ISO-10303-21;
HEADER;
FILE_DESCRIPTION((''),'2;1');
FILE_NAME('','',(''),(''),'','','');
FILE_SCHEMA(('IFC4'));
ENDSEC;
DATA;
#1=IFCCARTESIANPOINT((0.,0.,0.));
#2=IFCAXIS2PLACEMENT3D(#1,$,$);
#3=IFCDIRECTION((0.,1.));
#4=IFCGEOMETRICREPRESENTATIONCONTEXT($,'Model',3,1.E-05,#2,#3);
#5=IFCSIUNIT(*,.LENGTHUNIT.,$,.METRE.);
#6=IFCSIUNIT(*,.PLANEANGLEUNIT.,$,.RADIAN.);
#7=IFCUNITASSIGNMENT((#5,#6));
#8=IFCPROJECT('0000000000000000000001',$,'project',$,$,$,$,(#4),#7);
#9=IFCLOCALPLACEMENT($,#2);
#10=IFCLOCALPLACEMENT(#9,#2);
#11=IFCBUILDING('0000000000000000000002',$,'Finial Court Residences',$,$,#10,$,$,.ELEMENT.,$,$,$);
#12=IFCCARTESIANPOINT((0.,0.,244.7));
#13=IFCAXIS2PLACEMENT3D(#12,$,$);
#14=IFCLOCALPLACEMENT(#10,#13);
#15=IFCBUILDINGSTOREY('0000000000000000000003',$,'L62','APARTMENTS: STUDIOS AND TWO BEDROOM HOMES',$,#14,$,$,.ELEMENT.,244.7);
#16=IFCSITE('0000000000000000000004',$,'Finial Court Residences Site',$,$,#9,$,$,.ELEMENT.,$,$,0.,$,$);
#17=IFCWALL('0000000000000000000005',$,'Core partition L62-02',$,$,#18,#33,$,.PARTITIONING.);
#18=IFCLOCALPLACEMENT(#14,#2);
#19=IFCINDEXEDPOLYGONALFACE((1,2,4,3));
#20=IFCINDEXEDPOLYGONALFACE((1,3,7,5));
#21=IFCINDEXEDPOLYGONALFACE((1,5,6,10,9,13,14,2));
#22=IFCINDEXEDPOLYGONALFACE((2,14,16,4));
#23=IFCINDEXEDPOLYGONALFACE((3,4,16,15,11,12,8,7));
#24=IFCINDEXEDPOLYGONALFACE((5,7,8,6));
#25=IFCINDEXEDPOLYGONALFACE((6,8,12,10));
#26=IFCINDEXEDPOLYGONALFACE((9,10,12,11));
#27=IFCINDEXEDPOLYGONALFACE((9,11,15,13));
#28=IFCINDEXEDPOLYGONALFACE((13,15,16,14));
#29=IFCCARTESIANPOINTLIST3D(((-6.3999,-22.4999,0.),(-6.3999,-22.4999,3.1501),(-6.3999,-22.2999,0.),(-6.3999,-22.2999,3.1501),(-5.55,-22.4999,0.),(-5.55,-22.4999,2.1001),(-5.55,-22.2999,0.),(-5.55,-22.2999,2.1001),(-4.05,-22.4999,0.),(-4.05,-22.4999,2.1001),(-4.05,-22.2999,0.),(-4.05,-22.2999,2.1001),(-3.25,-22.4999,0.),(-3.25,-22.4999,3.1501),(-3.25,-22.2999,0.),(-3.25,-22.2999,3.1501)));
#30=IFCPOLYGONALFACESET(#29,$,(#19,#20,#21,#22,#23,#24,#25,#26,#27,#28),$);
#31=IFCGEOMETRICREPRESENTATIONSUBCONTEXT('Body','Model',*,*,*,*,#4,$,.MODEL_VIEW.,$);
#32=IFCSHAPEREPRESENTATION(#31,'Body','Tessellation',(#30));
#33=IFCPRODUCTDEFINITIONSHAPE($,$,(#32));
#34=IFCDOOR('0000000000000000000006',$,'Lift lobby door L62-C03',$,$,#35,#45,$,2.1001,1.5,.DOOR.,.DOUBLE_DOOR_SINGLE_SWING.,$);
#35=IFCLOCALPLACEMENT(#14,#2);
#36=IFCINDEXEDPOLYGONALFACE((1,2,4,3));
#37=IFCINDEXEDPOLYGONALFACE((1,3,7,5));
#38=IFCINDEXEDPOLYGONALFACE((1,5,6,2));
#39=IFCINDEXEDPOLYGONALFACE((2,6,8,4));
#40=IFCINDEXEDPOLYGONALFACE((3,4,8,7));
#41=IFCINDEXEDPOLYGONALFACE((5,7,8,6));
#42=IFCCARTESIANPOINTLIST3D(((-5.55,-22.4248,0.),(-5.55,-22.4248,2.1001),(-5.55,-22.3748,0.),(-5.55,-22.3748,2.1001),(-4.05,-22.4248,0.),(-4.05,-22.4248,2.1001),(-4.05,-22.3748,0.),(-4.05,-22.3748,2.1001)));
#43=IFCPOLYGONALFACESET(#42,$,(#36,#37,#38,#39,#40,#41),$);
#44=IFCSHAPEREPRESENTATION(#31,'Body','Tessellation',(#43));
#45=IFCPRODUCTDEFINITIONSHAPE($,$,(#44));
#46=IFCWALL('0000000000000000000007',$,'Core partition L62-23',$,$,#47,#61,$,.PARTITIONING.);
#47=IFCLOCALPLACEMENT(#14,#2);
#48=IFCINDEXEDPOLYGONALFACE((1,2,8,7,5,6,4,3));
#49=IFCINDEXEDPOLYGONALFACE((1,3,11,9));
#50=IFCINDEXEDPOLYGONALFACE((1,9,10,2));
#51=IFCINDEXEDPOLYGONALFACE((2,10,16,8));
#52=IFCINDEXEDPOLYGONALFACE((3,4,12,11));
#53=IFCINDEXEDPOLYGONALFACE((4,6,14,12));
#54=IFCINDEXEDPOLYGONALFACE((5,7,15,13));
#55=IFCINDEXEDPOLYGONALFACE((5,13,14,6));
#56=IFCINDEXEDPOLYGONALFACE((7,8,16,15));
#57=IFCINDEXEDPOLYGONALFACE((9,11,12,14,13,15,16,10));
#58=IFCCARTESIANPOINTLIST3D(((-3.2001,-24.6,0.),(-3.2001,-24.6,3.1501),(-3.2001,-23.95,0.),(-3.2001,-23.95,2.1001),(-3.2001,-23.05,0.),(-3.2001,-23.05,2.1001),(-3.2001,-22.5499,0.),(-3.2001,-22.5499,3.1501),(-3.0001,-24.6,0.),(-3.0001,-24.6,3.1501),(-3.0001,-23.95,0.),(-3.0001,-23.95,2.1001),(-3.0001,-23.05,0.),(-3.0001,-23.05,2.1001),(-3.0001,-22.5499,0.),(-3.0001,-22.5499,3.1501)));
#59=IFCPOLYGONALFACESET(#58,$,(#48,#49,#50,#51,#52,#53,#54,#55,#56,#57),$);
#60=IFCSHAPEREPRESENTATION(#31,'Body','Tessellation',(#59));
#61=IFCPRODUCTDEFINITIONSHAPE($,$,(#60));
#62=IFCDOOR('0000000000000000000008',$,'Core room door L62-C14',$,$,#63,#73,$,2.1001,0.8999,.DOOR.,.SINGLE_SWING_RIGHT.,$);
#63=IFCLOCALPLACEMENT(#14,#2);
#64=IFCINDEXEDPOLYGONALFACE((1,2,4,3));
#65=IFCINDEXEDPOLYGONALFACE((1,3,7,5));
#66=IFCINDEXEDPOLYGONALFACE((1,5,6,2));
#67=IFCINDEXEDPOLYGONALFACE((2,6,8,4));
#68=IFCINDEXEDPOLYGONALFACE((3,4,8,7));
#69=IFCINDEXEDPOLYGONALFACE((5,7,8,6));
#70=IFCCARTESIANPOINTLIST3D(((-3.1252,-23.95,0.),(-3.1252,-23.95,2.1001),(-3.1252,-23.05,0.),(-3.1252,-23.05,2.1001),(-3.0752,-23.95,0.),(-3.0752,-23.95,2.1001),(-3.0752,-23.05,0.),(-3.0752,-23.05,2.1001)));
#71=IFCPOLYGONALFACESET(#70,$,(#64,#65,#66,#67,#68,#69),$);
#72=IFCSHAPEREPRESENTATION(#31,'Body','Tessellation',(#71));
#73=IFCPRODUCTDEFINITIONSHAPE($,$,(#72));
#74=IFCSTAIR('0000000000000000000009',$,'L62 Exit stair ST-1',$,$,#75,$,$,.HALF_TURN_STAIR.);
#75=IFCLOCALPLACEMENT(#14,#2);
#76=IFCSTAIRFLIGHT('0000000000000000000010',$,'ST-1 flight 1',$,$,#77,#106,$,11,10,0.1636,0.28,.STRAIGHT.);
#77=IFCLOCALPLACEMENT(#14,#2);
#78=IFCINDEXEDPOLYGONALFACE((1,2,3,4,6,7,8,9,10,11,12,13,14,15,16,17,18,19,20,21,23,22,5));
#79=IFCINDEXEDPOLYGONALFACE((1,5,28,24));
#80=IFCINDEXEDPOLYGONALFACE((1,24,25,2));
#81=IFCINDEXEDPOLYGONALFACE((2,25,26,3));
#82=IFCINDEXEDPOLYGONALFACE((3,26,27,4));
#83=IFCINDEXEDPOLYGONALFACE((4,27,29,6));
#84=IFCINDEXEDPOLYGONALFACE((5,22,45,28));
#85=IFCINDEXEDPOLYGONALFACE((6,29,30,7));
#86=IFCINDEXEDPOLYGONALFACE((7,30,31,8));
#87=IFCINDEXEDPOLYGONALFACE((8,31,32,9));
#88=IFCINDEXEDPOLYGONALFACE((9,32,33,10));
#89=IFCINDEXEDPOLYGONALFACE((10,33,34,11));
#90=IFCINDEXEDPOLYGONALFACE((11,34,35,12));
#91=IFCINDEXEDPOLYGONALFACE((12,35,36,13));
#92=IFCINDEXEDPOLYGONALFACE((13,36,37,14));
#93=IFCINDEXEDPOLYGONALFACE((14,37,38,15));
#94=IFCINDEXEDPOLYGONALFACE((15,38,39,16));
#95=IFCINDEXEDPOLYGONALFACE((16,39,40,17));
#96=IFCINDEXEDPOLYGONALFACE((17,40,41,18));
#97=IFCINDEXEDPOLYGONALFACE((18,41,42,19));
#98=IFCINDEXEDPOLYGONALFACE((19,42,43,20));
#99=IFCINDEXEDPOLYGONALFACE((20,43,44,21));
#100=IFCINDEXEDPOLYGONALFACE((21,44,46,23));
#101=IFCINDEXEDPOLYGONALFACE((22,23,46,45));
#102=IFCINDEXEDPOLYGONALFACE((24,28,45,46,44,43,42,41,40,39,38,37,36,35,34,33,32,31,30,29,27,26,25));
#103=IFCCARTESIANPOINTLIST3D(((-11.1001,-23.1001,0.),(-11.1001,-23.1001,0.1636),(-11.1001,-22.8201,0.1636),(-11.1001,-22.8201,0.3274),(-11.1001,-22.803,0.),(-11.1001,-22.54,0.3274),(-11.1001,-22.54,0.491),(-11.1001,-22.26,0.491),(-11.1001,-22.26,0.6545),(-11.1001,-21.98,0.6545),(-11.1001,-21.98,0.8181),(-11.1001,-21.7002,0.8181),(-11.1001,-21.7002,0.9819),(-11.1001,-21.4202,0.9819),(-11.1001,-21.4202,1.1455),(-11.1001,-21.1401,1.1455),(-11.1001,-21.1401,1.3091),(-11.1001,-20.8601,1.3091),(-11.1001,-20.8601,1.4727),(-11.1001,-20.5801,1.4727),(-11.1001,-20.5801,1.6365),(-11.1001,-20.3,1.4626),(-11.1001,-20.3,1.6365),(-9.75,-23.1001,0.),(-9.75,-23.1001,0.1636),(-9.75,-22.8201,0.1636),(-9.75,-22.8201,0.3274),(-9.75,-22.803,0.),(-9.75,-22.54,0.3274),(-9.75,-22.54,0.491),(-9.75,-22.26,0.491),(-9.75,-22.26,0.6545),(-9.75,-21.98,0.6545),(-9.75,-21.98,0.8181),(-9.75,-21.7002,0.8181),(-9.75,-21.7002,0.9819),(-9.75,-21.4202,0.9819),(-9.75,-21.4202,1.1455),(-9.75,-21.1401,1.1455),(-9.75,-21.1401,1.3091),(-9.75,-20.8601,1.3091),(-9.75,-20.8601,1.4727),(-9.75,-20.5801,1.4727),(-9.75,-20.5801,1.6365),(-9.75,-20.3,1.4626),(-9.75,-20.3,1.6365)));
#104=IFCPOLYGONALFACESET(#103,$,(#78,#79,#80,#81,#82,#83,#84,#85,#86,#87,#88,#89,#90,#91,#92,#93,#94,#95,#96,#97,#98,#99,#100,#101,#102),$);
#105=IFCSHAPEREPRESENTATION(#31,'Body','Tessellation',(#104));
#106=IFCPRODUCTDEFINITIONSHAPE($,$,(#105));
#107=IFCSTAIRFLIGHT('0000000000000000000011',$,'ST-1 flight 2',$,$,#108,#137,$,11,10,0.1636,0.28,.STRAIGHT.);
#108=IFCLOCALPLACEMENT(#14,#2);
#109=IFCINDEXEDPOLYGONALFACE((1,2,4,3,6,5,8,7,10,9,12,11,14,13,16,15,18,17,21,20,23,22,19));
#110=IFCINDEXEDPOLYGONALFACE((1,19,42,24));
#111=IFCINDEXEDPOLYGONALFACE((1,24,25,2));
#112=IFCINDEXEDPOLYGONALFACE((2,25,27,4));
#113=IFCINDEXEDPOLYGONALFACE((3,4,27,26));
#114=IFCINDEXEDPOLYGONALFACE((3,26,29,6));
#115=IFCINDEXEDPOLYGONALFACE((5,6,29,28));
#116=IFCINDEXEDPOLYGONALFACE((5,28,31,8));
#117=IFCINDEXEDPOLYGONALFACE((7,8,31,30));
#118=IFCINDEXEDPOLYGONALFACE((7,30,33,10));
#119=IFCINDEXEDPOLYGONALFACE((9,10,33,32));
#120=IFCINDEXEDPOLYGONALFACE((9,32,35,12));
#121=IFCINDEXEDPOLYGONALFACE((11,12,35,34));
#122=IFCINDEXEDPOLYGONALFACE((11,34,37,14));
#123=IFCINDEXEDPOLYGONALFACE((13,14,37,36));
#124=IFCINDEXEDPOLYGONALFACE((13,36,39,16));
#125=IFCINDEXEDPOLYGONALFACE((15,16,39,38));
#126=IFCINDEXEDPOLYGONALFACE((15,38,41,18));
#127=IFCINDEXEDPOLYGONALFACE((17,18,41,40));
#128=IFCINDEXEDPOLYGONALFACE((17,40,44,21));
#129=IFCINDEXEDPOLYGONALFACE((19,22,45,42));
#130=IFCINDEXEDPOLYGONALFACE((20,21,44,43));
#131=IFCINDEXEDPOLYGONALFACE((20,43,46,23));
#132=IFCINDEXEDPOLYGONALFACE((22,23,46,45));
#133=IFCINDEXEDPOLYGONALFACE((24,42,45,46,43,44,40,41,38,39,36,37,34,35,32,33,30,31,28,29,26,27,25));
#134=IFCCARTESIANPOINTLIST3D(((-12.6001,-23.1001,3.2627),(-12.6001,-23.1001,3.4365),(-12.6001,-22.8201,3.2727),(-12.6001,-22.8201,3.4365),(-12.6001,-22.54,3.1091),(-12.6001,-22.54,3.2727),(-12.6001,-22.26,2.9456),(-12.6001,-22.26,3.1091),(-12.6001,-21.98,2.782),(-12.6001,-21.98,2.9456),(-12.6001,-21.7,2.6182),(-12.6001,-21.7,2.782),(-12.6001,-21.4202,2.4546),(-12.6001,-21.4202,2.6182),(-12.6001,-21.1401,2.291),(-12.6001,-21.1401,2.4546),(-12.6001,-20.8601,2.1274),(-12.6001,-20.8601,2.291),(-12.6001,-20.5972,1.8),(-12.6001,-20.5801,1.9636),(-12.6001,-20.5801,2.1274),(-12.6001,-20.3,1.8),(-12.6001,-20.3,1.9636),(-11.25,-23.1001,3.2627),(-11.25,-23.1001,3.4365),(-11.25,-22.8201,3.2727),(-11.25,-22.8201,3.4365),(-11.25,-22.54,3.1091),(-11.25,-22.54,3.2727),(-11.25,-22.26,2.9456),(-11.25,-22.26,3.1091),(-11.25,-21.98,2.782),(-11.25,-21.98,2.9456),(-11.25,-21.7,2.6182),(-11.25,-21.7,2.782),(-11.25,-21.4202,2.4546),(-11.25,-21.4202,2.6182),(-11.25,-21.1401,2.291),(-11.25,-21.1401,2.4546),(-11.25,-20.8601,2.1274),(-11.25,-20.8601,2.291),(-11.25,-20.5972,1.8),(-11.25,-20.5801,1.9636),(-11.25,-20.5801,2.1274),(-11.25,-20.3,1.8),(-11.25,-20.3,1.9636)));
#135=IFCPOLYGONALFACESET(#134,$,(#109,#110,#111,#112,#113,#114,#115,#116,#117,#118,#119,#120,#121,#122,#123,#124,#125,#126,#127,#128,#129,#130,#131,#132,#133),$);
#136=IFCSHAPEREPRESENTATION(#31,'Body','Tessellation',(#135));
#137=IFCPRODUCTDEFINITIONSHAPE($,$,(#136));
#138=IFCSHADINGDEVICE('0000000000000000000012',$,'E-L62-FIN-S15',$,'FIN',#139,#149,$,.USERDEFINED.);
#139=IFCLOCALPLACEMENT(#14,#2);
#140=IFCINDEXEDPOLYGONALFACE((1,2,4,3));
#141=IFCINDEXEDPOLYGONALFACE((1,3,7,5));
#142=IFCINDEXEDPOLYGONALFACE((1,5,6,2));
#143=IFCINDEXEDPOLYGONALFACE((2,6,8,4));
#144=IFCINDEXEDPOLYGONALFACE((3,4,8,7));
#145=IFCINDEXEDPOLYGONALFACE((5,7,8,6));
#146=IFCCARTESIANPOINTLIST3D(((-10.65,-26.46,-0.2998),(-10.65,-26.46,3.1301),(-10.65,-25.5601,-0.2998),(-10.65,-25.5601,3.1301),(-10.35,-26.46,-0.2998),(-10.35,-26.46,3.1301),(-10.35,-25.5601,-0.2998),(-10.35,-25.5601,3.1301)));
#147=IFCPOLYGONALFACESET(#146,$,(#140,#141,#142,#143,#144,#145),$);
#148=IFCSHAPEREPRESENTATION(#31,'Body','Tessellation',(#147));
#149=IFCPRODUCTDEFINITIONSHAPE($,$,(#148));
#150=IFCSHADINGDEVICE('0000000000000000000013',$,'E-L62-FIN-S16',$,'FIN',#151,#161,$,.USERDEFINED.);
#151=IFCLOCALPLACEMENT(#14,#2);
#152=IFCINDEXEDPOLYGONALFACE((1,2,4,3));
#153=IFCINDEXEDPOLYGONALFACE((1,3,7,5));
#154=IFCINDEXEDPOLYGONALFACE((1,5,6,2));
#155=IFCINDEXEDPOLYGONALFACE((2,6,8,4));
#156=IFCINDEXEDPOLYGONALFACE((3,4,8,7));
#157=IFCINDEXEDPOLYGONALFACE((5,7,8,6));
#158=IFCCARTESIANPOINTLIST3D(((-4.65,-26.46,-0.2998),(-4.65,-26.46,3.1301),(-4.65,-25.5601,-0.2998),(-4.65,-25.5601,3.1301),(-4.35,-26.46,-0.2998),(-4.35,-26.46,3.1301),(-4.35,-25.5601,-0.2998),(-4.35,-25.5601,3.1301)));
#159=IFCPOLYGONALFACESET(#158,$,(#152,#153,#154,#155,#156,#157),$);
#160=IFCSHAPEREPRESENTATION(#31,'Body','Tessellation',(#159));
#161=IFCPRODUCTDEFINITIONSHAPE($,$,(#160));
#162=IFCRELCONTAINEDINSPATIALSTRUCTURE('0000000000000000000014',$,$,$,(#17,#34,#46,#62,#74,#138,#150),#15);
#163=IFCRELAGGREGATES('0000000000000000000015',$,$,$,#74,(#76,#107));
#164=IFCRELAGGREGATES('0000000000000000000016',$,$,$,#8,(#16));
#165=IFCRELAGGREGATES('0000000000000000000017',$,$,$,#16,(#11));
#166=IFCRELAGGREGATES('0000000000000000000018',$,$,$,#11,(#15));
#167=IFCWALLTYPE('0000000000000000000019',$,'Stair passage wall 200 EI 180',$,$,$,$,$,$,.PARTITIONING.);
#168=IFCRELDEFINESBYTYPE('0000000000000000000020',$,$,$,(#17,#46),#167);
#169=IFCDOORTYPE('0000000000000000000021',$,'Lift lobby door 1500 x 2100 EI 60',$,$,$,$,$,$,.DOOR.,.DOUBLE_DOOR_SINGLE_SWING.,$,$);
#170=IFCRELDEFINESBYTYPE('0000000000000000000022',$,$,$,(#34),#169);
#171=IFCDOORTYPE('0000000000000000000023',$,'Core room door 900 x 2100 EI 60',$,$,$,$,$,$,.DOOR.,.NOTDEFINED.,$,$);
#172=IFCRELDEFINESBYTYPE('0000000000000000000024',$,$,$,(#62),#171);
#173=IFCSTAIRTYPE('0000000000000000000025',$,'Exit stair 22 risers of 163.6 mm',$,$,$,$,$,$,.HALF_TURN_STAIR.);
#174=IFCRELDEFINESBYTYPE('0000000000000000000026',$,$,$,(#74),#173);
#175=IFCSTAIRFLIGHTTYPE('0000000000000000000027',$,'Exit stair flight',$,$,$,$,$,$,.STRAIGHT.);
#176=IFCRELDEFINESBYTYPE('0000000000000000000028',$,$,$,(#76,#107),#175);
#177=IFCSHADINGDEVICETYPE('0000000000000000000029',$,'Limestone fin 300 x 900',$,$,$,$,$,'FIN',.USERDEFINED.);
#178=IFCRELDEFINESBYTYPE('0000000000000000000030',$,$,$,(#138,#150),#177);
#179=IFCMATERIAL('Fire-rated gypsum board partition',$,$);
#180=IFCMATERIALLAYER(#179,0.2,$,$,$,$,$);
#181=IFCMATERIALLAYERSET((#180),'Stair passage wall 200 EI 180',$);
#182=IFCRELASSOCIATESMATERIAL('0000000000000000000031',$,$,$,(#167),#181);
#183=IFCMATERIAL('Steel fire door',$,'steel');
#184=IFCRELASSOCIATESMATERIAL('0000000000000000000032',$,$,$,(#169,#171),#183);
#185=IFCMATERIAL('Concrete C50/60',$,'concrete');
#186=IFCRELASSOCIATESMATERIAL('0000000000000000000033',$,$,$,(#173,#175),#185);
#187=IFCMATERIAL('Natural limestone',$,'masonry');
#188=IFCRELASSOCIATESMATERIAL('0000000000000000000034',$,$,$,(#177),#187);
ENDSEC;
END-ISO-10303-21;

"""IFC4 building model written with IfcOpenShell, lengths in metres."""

from ifc_helpers import new_model, si_unit, direction, frame, frame_2d, origin, origin_2d, place, context, subcontext, project, spatial, polyline, rectangle, outline, extrude, material, layer, layer_set, type_object, element, fill, aggregate, save


model = new_model("IFC4")

# Units and contexts
model_context = context("Model", 3, precision=1e-05, world=origin(), true_north=direction((0.0, 1.0)))
body_context = subcontext(model_context, "Body", "Model", "MODEL_VIEW")
ifc_project = project(units=[si_unit("LENGTHUNIT", "METRE"), si_unit("PLANEANGLEUNIT", "RADIAN")], contexts=[model_context])

# Site, building, storey
site_placement = place(None, origin())
site = spatial("IfcSite", under=ifc_project, at=site_placement, Name="Finial Court Residences Site", CompositionType="ELEMENT", RefElevation=0.0)
building_placement = place(site_placement, origin())
building = spatial("IfcBuilding", under=site, at=building_placement, Name="Finial Court Residences", CompositionType="ELEMENT")
storey_placement = place(building_placement, frame((0.0, 0.0, 244.7)))
storey = spatial("IfcBuildingStorey", under=building, at=storey_placement, Name="L62", Description="APARTMENTS: STUDIOS AND TWO BEDROOM HOMES", CompositionType="ELEMENT", Elevation=244.7)

# Shared definitions
ifc_material_1 = material(Name="Steel fire door", Category="steel")

# Shared definitions
ifc_material_2 = material(Name="Fire-rated gypsum board partition")

# Walls, openings, doors
ifc_layer_1 = layer(ifc_material_2, 0.2)
ifc_layer_set_1 = layer_set([ifc_layer_1], Name="Stair passage wall 200 EI 180")
wall_type_1 = type_object("IfcWallType", Name="Stair passage wall 200 EI 180", PredefinedType="PARTITIONING", material=ifc_layer_set_1)
wall_1_placement = place(storey_placement, frame((-3.25, -22.3999, 0.0), z_axis=(0.0, 0.0, 1.0), x_axis=(-1.0, 0.0, 0.0)))
wall_1 = element("IfcWall", 1, at=wall_1_placement, inside=storey, type_object=wall_type_1, Name="Core partition L62-02", PredefinedType="PARTITIONING", context=body_context, shape_type="SweptSolid", body=[
    extrude(rectangle(XDim=3.1499, YDim=0.2, at=frame_2d((1.575, 0.0))), origin(), (0.0, 0.0, 1.0), 3.1501),
])
opening_1_placement = place(wall_1_placement, frame((0.8, 0.0, 0.0)))
opening_1 = element("IfcOpeningElement", 2, at=opening_1_placement, cuts=wall_1, PredefinedType="OPENING", context=body_context, shape_type="SweptSolid", body=[
    extrude(rectangle(XDim=1.5, YDim=2.1001, at=frame_2d((0.75, 1.05))), frame((0.0, 0.1099, 0.0), z_axis=(0.0, -1.0, 0.0), x_axis=(1.0, 0.0, 0.0)), (0.0, 0.0, 1.0), 0.22),
])
door_type_1 = type_object("IfcDoorType", Name="Lift lobby door 1500 x 2100 EI 60", OperationType="DOUBLE_DOOR_SINGLE_SWING", PredefinedType="DOOR", material=ifc_material_1)
door_1_placement = place(opening_1_placement, origin())
door_1 = element("IfcDoor", 3, at=door_1_placement, inside=storey, type_object=door_type_1, Name="Lift lobby door L62-C03", OperationType="DOUBLE_DOOR_SINGLE_SWING", OverallHeight=2.1001, OverallWidth=1.5, PredefinedType="DOOR", context=body_context, shape_type="SweptSolid", body=[
    extrude(rectangle(XDim=1.5, YDim=2.1001, at=frame_2d((0.75, 1.05))), frame((0.0, 0.0249, 0.0), z_axis=(0.0, -1.0, 0.0), x_axis=(1.0, 0.0, 0.0)), (0.0, 0.0, 1.0), 0.05),
])
fill(opening_1, door_1)
wall_2_placement = place(storey_placement, frame((-3.1001, -22.55, 0.0), z_axis=(0.0, 0.0, 1.0), x_axis=(0.0, -1.0, 0.0)))
wall_2 = element("IfcWall", 4, at=wall_2_placement, inside=storey, type_object=wall_type_1, Name="Core partition L62-23", PredefinedType="PARTITIONING", context=body_context, shape_type="SweptSolid", body=[
    extrude(rectangle(XDim=2.05, YDim=0.2, at=frame_2d((1.0249, 0.0))), origin(), (0.0, 0.0, 1.0), 3.1501),
])
opening_2_placement = place(wall_2_placement, frame((0.5, 0.0, 0.0)))
opening_2 = element("IfcOpeningElement", 5, at=opening_2_placement, cuts=wall_2, PredefinedType="OPENING", context=body_context, shape_type="SweptSolid", body=[
    extrude(rectangle(XDim=0.8999, YDim=2.1001, at=frame_2d((0.45, 1.05))), frame((0.0, 0.1099, 0.0), z_axis=(0.0, -1.0, 0.0), x_axis=(1.0, 0.0, 0.0)), (0.0, 0.0, 1.0), 0.22),
])
door_type_2 = type_object("IfcDoorType", Name="Core room door 900 x 2100 EI 60", OperationType="NOTDEFINED", PredefinedType="DOOR", material=ifc_material_1)
door_2_placement = place(opening_2_placement, origin())
door_2 = element("IfcDoor", 6, at=door_2_placement, inside=storey, type_object=door_type_2, Name="Core room door L62-C14", OperationType="SINGLE_SWING_RIGHT", OverallHeight=2.1001, OverallWidth=0.8999, PredefinedType="DOOR", context=body_context, shape_type="SweptSolid", body=[
    extrude(rectangle(XDim=0.8999, YDim=2.1001, at=frame_2d((0.45, 1.05))), frame((0.0, 0.0249, 0.0), z_axis=(0.0, -1.0, 0.0), x_axis=(1.0, 0.0, 0.0)), (0.0, 0.0, 1.0), 0.05),
])
fill(opening_2, door_2)

# Stair, stair flights
ifc_material_3 = material(Name="Concrete C50/60", Category="concrete")
stair_type = type_object("IfcStairType", Name="Exit stair 22 risers of 163.6 mm", PredefinedType="HALF_TURN_STAIR", material=ifc_material_3)
stair_placement = place(storey_placement, origin())
stair = element("IfcStair", 7, at=stair_placement, inside=storey, type_object=stair_type, Name="L62 Exit stair ST-1", PredefinedType="HALF_TURN_STAIR")
stair_flight_type = type_object("IfcStairFlightType", Name="Exit stair flight", PredefinedType="STRAIGHT", material=ifc_material_3)
stair_flight_1_placement = place(storey_placement, frame((-10.425, -23.1001, 0.0), z_axis=(0.0, 0.0, 1.0), x_axis=(0.0, 1.0, 0.0)))
stair_flight_1 = element("IfcStairFlight", 8, at=stair_flight_1_placement, type_object=stair_flight_type, Name="ST-1 flight 1", NumberOfRisers=11, NumberOfTreads=10, PredefinedType="STRAIGHT", RiserHeight=0.1636, TreadLength=0.28, context=body_context, shape_type="SweptSolid", body=[
    extrude(outline(polyline([(0.0, 0.0), (0.0, 0.1636), (0.28, 0.1636), (0.28, 0.3274), (0.5601, 0.3274), (0.5601, 0.491), (0.8401, 0.491), (0.8401, 0.6545), (1.1201, 0.6545), (1.1201, 0.8181), (1.3999, 0.8181), (1.3999, 0.9819), (1.6799, 0.9819), (1.6799, 1.1455), (1.96, 1.1455), (1.96, 1.3091), (2.24, 1.3091), (2.24, 1.4727), (2.52, 1.4727), (2.52, 1.6365), (2.8, 1.6365), (2.8, 1.8), (2.8, 1.4626), (0.2971, 0.0), (0.0, 0.0)])), frame((0.0, 0.675, 0.0), z_axis=(0.0, -1.0, 0.0), x_axis=(1.0, 0.0, 0.0)), (0.0, 0.0, 1.0), 1.3501),
])
stair_flight_2_placement = place(storey_placement, frame((-11.925, -20.3, 1.8), z_axis=(0.0, 0.0, 1.0), x_axis=(0.0, -1.0, 0.0)))
stair_flight_2 = element("IfcStairFlight", 9, at=stair_flight_2_placement, type_object=stair_flight_type, Name="ST-1 flight 2", NumberOfRisers=11, NumberOfTreads=10, PredefinedType="STRAIGHT", RiserHeight=0.1636, TreadLength=0.28, context=body_context, shape_type="SweptSolid", body=[
    extrude(outline(polyline([(0.0, 0.0), (0.0, 0.1636), (0.28, 0.1636), (0.28, 0.3274), (0.5601, 0.3274), (0.5601, 0.491), (0.8401, 0.491), (0.8401, 0.6545), (1.1201, 0.6545), (1.1201, 0.8181), (1.3999, 0.8181), (1.3999, 0.9819), (1.6799, 0.9819), (1.6799, 1.1455), (1.96, 1.1455), (1.96, 1.3091), (2.24, 1.3091), (2.24, 1.4727), (2.52, 1.4727), (2.52, 1.6365), (2.8, 1.6365), (2.8, 1.8), (2.8, 1.4626), (0.2971, 0.0), (0.0, 0.0)])), frame((0.0, 0.675, 0.0), z_axis=(0.0, -1.0, 0.0), x_axis=(1.0, 0.0, 0.0)), (0.0, 0.0, 1.0), 1.3501),
])
aggregate(stair, [stair_flight_1, stair_flight_2])

# Shading devices
ifc_material_4 = material(Name="Natural limestone", Category="masonry")
shading_device_type = type_object("IfcShadingDeviceType", Name="Limestone fin 300 x 900", ElementType="FIN", PredefinedType="USERDEFINED", material=ifc_material_4)
for number, where, z_axis, x_axis, name in (
    (10, (-10.5, -26.01, -0.2998), (0.0, 0.0, 1.0), (1.0, 0.0, 0.0), "E-L62-FIN-S15"),
    (11, (-4.5, -26.01, -0.2998), (0.0, 0.0, 1.0), (1.0, 0.0, 0.0), "E-L62-FIN-S16"),
):
    element("IfcShadingDevice", number, at=place(storey_placement, frame(where, z_axis=z_axis, x_axis=x_axis)), inside=storey, type_object=shading_device_type, Name=name, ObjectType="FIN", PredefinedType="USERDEFINED", context=body_context, shape_type="SweptSolid", body=[
        extrude(rectangle(XDim=0.3, YDim=0.8999, at=origin_2d()), origin(), (0.0, 0.0, 1.0), 3.4299),
    ])

save(model, "model.ifc")
